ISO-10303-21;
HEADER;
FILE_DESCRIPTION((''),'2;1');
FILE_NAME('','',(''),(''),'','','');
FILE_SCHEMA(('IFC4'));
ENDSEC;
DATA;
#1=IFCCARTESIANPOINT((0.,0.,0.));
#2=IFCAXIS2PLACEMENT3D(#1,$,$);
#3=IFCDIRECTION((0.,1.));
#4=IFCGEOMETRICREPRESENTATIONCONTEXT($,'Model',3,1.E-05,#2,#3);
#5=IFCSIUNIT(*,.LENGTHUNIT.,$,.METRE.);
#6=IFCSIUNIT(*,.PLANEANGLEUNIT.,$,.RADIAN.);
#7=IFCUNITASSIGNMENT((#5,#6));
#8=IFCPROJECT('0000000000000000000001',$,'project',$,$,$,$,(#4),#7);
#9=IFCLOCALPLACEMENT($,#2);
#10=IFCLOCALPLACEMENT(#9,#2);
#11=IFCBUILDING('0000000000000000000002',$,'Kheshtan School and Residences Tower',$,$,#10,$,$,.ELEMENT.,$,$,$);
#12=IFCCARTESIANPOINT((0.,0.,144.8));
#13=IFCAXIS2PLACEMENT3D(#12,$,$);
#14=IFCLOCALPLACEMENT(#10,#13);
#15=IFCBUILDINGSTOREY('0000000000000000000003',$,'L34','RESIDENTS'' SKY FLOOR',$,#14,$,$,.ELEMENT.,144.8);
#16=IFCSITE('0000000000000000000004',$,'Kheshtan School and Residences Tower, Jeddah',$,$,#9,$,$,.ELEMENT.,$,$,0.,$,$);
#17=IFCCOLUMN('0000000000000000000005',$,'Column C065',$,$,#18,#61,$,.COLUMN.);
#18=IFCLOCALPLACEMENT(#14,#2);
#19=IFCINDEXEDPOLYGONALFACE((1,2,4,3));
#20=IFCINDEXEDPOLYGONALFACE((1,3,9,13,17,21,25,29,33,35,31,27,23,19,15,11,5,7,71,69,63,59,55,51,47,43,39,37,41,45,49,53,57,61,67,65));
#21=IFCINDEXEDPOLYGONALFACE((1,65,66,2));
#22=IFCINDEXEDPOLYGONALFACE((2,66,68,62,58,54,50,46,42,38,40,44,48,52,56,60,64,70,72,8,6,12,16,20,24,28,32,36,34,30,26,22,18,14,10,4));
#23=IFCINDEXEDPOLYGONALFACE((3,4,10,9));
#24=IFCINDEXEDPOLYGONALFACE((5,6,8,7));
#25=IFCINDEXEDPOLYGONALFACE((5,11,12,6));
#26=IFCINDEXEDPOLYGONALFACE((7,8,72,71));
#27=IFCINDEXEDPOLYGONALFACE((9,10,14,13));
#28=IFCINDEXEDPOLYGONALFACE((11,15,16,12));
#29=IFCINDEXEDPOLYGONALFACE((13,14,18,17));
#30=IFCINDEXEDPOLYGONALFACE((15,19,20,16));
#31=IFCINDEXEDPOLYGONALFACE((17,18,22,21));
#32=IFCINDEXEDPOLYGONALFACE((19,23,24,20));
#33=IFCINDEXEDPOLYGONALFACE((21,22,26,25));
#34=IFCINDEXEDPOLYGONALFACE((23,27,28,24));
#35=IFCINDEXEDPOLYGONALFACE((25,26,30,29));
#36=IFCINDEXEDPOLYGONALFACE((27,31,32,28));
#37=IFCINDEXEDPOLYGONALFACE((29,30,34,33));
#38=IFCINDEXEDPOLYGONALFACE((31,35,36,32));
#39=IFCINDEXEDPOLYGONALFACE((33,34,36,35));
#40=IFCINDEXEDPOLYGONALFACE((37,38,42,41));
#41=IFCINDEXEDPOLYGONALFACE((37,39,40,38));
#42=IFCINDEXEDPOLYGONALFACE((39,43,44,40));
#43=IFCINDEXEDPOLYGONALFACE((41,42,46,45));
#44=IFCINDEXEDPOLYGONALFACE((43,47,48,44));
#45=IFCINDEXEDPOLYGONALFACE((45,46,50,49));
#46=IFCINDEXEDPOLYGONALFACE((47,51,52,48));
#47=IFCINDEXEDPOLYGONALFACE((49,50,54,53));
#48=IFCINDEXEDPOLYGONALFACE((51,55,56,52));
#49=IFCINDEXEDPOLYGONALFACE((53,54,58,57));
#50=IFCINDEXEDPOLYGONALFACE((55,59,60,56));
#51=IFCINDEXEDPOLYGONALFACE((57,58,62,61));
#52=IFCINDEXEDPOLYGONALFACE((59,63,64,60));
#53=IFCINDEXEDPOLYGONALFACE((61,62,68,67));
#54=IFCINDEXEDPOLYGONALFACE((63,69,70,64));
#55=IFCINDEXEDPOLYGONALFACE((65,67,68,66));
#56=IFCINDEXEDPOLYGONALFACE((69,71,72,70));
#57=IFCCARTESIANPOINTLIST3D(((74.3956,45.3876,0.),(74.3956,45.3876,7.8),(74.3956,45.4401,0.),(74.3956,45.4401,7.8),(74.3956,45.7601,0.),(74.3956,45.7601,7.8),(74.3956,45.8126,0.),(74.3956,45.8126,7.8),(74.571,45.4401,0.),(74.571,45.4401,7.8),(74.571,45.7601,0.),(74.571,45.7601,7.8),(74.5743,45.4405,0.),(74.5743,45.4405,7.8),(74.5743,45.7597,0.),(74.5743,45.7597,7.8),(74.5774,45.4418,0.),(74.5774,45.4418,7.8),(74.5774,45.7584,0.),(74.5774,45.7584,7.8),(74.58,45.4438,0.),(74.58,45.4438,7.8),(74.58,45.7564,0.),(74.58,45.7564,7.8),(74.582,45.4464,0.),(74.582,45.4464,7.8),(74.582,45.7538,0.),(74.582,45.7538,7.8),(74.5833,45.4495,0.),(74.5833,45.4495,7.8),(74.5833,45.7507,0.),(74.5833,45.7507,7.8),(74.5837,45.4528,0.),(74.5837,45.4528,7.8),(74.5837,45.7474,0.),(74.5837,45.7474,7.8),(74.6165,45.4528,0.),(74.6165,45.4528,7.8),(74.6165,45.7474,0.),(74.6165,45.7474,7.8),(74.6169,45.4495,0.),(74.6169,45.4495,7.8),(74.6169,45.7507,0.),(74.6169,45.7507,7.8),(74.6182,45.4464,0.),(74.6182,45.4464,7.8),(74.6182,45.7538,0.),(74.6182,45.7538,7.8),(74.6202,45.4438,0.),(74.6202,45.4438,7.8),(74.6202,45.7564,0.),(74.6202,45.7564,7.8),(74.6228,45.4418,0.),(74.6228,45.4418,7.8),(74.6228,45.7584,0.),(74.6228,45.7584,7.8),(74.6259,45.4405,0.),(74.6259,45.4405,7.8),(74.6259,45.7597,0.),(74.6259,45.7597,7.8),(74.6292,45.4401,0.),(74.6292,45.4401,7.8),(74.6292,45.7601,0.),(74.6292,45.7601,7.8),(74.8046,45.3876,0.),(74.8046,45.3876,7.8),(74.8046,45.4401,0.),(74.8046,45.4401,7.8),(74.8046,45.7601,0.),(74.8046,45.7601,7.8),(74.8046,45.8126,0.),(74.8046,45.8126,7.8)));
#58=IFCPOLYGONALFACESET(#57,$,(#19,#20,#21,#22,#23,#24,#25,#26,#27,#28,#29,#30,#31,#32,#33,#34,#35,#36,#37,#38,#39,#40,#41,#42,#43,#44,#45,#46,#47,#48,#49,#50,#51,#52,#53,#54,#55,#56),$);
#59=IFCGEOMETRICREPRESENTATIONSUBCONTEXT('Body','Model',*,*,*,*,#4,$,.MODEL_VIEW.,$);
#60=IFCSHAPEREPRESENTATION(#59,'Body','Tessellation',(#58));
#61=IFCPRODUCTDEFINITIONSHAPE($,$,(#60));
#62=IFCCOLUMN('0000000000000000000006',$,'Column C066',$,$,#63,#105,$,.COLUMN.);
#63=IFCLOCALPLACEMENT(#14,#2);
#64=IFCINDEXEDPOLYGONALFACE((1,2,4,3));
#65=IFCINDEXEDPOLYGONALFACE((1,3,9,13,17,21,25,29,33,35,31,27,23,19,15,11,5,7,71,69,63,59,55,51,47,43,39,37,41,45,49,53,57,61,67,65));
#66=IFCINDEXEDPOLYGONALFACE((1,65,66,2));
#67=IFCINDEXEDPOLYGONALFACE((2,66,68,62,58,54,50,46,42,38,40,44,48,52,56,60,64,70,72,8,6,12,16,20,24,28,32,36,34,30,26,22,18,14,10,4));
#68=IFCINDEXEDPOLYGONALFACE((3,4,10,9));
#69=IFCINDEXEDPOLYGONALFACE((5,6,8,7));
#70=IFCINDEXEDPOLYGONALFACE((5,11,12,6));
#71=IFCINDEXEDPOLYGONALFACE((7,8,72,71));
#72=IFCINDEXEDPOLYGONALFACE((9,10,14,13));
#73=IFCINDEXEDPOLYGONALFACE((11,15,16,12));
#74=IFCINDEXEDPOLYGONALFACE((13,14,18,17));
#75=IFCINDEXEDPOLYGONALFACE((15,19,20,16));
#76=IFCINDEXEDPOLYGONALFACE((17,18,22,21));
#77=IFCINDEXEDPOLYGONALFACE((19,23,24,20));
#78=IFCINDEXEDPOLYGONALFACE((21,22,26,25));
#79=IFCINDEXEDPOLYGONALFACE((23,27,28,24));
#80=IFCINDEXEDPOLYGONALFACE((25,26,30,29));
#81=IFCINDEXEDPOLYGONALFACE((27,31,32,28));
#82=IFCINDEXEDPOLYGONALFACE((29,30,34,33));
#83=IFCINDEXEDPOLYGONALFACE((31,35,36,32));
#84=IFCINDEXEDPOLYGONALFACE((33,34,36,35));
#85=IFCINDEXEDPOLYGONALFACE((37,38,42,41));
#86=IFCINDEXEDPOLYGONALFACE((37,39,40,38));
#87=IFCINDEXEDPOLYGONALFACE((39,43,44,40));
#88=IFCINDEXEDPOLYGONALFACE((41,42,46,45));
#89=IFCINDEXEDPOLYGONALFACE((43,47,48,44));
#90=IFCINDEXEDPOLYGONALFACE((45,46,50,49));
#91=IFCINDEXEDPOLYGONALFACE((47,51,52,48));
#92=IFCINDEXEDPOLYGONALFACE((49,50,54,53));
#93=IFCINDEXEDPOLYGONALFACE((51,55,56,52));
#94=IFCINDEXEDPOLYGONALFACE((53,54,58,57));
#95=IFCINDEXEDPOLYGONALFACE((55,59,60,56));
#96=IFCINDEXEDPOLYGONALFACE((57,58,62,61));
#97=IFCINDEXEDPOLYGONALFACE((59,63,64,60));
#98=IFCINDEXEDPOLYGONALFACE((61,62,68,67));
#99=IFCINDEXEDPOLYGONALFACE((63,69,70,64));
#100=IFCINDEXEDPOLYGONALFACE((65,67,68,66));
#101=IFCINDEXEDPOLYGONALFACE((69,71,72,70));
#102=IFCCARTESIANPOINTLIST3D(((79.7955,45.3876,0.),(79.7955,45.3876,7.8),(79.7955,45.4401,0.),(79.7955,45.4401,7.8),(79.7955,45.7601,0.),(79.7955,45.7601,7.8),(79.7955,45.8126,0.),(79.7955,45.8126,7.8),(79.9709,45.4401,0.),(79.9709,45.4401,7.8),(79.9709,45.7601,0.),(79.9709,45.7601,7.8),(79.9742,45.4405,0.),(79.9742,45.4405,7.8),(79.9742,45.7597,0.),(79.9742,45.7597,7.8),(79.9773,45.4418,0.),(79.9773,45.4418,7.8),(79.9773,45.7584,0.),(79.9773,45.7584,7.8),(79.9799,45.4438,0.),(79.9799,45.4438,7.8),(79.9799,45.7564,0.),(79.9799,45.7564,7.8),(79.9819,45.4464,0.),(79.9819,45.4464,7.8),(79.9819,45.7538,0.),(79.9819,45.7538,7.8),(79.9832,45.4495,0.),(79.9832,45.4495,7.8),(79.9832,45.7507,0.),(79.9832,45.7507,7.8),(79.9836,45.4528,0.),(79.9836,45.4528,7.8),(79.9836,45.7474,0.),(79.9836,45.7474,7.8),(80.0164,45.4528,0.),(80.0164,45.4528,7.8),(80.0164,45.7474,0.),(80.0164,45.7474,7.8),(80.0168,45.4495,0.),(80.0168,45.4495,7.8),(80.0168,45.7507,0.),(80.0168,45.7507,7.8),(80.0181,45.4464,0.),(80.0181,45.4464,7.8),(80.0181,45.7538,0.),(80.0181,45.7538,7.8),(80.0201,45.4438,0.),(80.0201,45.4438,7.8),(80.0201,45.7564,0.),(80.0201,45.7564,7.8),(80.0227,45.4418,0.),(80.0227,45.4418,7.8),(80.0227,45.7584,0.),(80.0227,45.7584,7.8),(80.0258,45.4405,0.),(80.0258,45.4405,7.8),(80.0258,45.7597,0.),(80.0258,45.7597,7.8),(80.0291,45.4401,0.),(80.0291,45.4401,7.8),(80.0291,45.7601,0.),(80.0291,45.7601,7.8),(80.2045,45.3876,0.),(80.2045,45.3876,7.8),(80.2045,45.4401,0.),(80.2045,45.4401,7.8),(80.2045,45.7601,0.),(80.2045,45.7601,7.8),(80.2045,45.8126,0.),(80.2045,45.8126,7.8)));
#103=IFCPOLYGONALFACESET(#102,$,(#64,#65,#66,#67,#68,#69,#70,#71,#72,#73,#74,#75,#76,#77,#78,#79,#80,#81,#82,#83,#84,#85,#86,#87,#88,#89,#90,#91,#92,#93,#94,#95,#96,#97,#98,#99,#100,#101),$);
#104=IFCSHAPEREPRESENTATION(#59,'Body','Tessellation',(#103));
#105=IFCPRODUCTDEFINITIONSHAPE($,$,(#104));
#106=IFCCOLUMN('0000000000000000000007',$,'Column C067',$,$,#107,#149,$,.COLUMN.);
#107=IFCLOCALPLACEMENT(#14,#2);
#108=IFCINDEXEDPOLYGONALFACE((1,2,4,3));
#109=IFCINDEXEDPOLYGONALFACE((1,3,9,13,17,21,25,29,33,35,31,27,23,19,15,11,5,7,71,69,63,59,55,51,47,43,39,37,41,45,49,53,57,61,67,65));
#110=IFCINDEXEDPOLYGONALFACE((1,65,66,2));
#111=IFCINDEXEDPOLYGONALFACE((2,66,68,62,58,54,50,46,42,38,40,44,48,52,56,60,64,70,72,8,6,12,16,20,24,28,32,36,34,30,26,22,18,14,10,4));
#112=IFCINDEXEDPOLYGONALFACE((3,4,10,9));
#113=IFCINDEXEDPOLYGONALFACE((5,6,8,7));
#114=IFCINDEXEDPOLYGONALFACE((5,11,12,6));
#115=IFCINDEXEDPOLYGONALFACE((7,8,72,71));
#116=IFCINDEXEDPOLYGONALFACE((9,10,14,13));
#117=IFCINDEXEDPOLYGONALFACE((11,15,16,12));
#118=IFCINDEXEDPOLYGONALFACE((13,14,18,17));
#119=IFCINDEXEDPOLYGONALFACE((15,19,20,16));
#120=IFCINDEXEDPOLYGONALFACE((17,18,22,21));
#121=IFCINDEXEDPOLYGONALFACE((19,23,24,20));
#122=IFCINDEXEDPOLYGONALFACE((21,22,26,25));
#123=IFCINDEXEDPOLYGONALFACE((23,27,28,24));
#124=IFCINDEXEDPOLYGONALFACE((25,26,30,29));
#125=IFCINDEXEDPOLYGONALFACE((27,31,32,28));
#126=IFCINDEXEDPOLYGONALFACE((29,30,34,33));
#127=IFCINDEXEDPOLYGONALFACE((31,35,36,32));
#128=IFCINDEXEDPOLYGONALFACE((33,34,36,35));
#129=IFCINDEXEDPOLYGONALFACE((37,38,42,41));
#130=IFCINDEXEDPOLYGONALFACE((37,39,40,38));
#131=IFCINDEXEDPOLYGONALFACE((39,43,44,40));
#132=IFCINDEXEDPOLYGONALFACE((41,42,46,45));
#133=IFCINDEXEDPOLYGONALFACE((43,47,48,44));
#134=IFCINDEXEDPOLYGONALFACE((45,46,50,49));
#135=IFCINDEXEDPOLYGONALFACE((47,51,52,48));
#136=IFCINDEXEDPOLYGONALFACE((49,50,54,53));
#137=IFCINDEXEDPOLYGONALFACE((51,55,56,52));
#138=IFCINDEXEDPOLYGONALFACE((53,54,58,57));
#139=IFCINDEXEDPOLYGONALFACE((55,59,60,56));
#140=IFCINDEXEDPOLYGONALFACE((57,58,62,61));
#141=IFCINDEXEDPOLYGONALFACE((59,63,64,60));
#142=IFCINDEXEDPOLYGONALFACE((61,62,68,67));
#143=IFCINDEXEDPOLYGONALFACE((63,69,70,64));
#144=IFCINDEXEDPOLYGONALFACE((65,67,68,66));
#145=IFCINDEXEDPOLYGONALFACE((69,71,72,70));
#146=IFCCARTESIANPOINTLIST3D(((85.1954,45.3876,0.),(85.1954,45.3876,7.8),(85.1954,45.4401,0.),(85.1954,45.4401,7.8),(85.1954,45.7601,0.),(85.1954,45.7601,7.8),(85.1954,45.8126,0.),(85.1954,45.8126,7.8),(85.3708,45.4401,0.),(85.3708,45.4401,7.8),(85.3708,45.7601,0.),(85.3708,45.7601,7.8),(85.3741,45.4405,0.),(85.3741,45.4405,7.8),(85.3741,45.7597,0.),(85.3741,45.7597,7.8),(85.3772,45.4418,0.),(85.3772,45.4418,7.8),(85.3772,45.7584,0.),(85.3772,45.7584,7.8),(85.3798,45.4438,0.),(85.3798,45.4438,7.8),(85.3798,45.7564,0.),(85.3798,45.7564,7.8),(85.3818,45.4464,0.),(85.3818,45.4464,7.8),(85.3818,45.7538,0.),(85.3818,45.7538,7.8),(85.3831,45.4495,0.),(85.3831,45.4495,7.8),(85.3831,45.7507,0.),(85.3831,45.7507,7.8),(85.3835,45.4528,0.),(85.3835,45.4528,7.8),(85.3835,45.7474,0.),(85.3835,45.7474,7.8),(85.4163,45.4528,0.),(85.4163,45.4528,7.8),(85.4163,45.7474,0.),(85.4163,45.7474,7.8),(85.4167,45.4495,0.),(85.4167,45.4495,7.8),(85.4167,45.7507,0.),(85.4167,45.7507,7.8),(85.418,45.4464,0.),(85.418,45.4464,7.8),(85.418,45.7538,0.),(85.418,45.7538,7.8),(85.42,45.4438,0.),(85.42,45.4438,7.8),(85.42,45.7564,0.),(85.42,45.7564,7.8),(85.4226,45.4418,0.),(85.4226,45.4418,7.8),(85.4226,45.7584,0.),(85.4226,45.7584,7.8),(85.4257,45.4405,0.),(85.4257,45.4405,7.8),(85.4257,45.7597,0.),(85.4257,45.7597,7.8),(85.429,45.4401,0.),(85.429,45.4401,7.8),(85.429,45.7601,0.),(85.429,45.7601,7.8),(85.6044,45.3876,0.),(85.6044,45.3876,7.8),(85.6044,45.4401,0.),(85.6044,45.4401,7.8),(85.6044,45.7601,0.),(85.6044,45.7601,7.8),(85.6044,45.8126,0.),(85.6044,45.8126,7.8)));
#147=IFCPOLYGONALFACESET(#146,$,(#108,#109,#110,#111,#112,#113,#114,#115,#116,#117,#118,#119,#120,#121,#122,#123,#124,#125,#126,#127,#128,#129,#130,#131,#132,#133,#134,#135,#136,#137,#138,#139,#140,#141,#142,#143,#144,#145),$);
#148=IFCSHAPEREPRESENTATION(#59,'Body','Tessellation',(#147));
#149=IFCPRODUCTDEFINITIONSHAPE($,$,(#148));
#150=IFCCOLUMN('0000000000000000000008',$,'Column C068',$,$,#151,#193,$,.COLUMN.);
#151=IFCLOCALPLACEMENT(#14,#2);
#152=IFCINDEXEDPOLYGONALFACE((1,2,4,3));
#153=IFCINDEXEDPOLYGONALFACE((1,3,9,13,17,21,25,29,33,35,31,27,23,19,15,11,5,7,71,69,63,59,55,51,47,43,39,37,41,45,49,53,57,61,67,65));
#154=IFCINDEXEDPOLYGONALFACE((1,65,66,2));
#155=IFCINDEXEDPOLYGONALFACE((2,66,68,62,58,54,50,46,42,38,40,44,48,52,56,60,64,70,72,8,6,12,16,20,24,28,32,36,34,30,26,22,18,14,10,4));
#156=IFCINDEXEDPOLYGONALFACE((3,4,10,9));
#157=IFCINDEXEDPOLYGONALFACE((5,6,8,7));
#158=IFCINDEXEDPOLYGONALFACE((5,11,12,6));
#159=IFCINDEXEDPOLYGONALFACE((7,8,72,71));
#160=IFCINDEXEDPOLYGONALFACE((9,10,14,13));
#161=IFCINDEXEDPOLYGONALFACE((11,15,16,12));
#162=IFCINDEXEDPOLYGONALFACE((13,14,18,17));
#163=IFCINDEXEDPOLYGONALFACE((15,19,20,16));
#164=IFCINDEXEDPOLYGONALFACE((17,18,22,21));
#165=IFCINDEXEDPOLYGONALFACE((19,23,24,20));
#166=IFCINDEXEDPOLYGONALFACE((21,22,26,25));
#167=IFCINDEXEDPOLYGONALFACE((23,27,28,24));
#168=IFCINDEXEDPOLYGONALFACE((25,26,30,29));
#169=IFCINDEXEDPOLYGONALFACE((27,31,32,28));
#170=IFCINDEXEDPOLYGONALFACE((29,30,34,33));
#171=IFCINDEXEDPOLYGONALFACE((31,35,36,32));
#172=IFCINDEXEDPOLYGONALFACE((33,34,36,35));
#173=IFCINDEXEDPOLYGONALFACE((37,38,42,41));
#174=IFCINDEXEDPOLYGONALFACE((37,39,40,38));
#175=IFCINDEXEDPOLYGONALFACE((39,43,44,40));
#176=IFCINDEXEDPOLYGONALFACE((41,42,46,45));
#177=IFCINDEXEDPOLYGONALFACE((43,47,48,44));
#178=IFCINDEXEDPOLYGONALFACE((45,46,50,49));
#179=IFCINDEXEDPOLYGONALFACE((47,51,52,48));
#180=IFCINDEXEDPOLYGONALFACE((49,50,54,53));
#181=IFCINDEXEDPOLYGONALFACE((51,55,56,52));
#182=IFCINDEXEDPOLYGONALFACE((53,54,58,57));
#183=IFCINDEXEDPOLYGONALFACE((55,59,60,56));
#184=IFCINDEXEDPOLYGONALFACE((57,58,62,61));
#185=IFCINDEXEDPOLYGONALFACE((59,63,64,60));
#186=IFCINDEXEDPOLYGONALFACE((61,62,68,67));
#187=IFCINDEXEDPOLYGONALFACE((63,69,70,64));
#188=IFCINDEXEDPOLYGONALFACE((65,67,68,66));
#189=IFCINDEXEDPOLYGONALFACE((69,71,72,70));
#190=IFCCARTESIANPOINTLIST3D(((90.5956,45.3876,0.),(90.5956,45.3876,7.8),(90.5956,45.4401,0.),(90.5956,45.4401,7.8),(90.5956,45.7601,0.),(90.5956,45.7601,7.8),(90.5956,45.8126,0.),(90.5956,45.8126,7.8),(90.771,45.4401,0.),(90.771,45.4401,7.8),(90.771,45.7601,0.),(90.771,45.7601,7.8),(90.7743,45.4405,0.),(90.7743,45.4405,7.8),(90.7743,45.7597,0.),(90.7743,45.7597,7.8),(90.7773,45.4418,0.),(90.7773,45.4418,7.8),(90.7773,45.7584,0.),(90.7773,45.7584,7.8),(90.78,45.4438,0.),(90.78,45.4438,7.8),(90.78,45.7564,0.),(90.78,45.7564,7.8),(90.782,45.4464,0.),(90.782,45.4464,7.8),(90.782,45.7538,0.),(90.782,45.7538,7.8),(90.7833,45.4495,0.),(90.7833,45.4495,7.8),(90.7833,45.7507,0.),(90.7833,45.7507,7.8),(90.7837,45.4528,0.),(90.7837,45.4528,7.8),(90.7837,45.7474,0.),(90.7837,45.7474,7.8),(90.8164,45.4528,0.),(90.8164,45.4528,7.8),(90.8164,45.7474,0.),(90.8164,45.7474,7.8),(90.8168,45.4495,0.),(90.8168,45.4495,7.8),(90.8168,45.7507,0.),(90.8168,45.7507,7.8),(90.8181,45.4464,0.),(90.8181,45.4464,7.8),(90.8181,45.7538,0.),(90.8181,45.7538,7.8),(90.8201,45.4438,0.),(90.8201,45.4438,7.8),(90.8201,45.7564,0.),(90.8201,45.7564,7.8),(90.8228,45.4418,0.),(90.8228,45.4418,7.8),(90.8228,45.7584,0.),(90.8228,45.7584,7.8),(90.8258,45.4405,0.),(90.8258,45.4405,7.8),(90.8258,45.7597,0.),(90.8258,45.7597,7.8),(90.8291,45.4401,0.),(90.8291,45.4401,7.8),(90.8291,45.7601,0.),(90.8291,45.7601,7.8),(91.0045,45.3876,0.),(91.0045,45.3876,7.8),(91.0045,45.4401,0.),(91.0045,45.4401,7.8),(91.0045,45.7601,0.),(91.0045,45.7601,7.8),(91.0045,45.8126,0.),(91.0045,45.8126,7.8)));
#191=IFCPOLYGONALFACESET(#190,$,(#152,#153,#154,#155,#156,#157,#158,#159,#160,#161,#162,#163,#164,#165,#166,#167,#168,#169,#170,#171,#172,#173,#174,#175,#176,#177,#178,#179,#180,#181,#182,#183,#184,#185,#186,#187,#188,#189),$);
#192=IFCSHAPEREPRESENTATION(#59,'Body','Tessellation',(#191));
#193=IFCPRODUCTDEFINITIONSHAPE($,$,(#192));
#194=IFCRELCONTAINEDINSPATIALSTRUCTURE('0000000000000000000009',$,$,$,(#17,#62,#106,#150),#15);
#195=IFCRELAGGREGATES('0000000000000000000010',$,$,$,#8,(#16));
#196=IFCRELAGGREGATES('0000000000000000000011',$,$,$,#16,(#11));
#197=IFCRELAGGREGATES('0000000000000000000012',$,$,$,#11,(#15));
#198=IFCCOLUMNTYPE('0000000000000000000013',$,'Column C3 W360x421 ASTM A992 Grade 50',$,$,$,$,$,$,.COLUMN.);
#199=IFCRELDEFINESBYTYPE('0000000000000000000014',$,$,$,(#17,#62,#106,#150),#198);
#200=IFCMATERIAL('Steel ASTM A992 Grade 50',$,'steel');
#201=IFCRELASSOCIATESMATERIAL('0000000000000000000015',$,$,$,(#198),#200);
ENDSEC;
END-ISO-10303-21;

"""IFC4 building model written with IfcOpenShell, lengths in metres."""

from ifc_helpers import new_model, si_unit, direction, frame, origin, origin_2d, place, context, subcontext, project, spatial, i_section, extrude, material, material_profile, profile_set, type_object, element, save


model = new_model("IFC4")

# Units and contexts
model_context = context("Model", 3, precision=1e-05, world=origin(), true_north=direction((0.0, 1.0)))
body_context = subcontext(model_context, "Body", "Model", "MODEL_VIEW")
ifc_project = project(units=[si_unit("LENGTHUNIT", "METRE"), si_unit("PLANEANGLEUNIT", "RADIAN")], contexts=[model_context])

# Site, building, storey
site_placement = place(None, origin())
site = spatial("IfcSite", under=ifc_project, at=site_placement, Name="Kheshtan School and Residences Tower, Jeddah", CompositionType="ELEMENT", RefElevation=0.0)
building_placement = place(site_placement, origin())
building = spatial("IfcBuilding", under=site, at=building_placement, Name="Kheshtan School and Residences Tower", CompositionType="ELEMENT")
storey_placement = place(building_placement, frame((0.0, 0.0, 144.8)))
storey = spatial("IfcBuildingStorey", under=building, at=storey_placement, Name="L34", Description="RESIDENTS' SKY FLOOR", CompositionType="ELEMENT", Elevation=144.8)

# Columns
ifc_material_1 = material(Name="Steel ASTM A992 Grade 50", Category="steel")
ifc_material_profile_1 = material_profile(ifc_material_1, i_section(OverallWidth=0.4089, OverallDepth=0.425, WebThickness=0.0327, FlangeThickness=0.0525, FilletRadius=0.0127, at=origin_2d()), Name="W360x421")
ifc_profile_set_1 = profile_set([ifc_material_profile_1], Name="Steel ASTM A992 Grade 50")
column_type_1 = type_object("IfcColumnType", Name="Column C3 W360x421 ASTM A992 Grade 50", PredefinedType="COLUMN", material=ifc_profile_set_1)
for number, where, z_axis, x_axis, name in (
    (1, (74.6001, 45.6001, 0.0), (0.0, 0.0, 1.0), (1.0, 0.0, 0.0), "Column C065"),
    (2, (80.0, 45.6001, 0.0), (0.0, 0.0, 1.0), (1.0, 0.0, 0.0), "Column C066"),
    (3, (85.3999, 45.6001, 0.0), (0.0, 0.0, 1.0), (1.0, 0.0, 0.0), "Column C067"),
    (4, (90.8, 45.6001, 0.0), (0.0, 0.0, 1.0), (1.0, 0.0, 0.0), "Column C068"),
):
    element("IfcColumn", number, at=place(storey_placement, frame(where, z_axis=z_axis, x_axis=x_axis)), inside=storey, type_object=column_type_1, Name=name, PredefinedType="COLUMN", context=body_context, shape_type="SweptSolid", body=[
        extrude(i_section(OverallWidth=0.4089, OverallDepth=0.425, WebThickness=0.0327, FlangeThickness=0.0525, FilletRadius=0.0127, at=origin_2d()), origin(), (0.0, 0.0, 1.0), 7.8),
    ])

save(model, "model.ifc")
